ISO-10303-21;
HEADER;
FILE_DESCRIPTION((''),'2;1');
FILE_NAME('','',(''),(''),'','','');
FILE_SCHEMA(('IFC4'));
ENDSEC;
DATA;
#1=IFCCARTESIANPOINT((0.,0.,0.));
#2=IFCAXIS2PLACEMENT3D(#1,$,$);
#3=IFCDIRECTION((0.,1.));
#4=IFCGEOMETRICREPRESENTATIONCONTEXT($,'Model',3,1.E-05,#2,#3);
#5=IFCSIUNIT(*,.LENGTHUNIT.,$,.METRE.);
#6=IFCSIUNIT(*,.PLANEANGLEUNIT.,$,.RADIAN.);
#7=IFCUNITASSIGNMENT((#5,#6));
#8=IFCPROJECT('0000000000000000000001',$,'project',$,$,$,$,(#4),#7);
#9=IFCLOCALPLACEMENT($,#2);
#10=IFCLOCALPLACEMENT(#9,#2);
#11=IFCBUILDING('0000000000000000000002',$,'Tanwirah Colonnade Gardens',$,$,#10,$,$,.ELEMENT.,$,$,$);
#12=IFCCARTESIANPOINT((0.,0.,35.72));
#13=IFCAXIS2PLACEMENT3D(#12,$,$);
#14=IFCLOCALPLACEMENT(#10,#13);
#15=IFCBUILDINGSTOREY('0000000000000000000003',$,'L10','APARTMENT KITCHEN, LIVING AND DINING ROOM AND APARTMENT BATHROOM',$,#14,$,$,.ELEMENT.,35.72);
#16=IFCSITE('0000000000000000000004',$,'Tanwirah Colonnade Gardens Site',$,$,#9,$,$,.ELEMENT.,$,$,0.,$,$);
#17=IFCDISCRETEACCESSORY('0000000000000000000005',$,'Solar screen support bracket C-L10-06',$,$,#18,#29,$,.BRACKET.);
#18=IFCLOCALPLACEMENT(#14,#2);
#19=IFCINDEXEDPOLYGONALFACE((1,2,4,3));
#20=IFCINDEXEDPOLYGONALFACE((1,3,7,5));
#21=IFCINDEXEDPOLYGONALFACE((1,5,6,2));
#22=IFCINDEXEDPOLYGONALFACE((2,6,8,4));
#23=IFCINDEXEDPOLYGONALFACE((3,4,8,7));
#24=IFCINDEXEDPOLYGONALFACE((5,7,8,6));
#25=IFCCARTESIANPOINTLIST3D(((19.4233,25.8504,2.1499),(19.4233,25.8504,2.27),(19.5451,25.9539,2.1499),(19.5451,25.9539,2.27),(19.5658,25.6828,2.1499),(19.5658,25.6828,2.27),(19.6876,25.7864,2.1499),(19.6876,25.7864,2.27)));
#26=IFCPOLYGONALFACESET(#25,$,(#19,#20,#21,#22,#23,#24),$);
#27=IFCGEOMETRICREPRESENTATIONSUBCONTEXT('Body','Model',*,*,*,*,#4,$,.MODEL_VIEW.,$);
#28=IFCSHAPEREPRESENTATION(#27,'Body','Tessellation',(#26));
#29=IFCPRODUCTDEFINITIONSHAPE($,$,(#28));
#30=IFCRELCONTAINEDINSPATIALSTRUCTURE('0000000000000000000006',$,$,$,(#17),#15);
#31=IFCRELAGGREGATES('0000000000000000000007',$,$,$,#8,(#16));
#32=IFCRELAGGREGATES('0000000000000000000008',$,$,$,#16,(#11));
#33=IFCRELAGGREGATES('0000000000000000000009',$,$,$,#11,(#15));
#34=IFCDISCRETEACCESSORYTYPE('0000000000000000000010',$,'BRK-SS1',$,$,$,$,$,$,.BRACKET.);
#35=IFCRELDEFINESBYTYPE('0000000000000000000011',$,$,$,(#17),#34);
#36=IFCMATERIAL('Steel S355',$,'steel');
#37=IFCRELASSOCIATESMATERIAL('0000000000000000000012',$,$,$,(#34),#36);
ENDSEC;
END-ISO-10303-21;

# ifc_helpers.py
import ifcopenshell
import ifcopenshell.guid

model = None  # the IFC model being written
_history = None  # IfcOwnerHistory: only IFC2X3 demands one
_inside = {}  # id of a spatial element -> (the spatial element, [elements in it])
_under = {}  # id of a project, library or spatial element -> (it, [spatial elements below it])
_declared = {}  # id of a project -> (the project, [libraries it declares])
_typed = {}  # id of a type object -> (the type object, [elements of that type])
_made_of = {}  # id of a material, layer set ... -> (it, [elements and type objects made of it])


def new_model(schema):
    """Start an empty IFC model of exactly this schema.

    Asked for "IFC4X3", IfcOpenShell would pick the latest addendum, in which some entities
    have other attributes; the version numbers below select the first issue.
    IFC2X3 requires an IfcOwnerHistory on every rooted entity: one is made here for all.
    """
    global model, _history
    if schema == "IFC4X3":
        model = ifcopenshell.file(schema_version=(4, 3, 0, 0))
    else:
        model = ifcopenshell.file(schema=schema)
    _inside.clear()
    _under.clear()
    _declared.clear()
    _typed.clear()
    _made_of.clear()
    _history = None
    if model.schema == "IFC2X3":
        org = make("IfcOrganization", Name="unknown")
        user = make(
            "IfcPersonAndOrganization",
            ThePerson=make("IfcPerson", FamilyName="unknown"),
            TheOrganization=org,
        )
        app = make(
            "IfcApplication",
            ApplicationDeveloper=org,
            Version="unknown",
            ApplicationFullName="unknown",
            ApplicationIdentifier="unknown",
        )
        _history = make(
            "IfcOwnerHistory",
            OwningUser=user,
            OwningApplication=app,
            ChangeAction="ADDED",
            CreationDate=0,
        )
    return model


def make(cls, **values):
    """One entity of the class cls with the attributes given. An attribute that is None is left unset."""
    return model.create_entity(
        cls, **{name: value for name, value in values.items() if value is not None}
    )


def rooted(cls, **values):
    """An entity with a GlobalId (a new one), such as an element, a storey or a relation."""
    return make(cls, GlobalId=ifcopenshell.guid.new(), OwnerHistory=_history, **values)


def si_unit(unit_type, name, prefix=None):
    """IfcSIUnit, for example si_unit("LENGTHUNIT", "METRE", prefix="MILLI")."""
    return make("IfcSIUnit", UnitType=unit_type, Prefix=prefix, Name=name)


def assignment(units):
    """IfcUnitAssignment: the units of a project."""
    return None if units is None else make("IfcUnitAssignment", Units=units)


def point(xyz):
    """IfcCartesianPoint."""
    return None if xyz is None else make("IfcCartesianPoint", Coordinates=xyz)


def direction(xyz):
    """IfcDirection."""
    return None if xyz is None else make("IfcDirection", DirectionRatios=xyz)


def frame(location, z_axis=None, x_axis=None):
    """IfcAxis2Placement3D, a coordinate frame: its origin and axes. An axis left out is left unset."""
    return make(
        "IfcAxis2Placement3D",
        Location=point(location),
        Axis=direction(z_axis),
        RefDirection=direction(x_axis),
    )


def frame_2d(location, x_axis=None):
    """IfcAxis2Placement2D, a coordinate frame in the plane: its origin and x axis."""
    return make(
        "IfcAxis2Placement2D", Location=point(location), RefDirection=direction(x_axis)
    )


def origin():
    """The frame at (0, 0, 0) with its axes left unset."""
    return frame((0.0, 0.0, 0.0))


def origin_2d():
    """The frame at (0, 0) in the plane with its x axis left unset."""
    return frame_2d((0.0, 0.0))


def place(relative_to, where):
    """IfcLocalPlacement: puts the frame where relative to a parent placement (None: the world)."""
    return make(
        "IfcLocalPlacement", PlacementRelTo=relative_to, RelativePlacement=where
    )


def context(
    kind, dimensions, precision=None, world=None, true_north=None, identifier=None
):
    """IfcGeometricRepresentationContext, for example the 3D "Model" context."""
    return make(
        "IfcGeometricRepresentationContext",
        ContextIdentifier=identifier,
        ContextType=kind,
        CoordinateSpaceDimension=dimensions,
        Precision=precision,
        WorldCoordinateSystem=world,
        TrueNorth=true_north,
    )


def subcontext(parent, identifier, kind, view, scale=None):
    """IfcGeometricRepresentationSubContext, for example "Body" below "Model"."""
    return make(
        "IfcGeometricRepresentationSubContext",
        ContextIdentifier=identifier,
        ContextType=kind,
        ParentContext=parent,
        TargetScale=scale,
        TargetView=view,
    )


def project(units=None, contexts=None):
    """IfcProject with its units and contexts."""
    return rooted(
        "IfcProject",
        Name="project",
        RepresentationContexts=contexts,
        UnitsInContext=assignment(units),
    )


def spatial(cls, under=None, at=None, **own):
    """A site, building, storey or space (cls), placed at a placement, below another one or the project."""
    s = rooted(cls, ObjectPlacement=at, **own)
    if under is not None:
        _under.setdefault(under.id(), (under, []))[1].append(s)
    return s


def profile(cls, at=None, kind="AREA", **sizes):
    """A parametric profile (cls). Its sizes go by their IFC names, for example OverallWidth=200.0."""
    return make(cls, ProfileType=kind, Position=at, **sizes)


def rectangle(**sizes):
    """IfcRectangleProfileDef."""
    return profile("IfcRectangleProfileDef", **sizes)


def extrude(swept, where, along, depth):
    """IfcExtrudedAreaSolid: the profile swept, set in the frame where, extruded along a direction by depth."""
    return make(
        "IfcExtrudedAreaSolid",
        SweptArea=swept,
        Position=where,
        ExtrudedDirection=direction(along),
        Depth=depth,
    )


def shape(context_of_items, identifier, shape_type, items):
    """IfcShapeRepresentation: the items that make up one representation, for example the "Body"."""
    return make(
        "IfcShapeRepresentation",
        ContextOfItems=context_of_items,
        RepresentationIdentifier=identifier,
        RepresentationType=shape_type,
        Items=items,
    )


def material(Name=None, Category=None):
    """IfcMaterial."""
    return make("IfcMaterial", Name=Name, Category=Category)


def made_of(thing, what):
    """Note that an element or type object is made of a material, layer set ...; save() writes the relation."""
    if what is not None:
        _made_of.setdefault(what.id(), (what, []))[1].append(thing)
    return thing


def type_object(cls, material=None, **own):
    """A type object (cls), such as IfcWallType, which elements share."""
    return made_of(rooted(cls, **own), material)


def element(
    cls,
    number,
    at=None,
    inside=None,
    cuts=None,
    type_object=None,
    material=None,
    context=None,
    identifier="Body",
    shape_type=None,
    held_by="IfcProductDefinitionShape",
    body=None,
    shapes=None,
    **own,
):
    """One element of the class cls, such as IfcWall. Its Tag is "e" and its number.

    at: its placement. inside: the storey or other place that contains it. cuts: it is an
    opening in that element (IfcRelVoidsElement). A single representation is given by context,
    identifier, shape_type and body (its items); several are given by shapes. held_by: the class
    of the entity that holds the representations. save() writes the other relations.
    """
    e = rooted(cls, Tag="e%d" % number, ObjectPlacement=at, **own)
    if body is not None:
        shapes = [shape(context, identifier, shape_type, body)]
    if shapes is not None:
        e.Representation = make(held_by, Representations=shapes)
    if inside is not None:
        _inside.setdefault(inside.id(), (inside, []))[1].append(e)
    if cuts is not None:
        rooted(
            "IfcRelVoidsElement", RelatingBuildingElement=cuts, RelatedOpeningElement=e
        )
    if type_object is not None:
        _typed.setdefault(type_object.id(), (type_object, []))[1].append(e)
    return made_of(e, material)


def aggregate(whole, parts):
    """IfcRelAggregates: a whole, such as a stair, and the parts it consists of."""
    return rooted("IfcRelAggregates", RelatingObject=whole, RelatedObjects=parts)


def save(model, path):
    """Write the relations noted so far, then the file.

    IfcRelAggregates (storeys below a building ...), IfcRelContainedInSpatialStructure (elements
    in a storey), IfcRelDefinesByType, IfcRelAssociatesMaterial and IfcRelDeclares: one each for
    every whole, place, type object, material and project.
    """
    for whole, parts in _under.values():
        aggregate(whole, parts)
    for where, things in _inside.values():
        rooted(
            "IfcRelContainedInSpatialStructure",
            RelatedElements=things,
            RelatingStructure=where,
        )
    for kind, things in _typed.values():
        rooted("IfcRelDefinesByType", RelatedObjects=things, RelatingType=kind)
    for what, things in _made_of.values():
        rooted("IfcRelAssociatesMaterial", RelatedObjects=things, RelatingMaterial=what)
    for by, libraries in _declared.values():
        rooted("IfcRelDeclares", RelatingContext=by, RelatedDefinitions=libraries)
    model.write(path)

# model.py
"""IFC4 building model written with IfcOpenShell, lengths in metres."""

from ifc_helpers import new_model, si_unit, direction, frame, origin, origin_2d, place, context, subcontext, project, spatial, rectangle, extrude, material, type_object, element, save


model = new_model("IFC4")

# Units and contexts
model_context = context("Model", 3, precision=1e-05, world=origin(), true_north=direction((0.0, 1.0)))
body_context = subcontext(model_context, "Body", "Model", "MODEL_VIEW")
ifc_project = project(units=[si_unit("LENGTHUNIT", "METRE"), si_unit("PLANEANGLEUNIT", "RADIAN")], contexts=[model_context])

# Site, building, storey
site_placement = place(None, origin())
site = spatial("IfcSite", under=ifc_project, at=site_placement, Name="Tanwirah Colonnade Gardens Site", CompositionType="ELEMENT", RefElevation=0.0)
building_placement = place(site_placement, origin())
building = spatial("IfcBuilding", under=site, at=building_placement, Name="Tanwirah Colonnade Gardens", CompositionType="ELEMENT")
storey_placement = place(building_placement, frame((0.0, 0.0, 35.72)))
storey = spatial("IfcBuildingStorey", under=building, at=storey_placement, Name="L10", Description="APARTMENT KITCHEN, LIVING AND DINING ROOM AND APARTMENT BATHROOM", CompositionType="ELEMENT", Elevation=35.72)

# Discrete accessory
ifc_material_1 = material(Name="Steel S355", Category="steel")
discrete_accessory_type = type_object("IfcDiscreteAccessoryType", Name="BRK-SS1", PredefinedType="BRACKET", material=ifc_material_1)
discrete_accessory_placement = place(storey_placement, frame((19.5554, 25.8184, 2.1499), z_axis=(0.0, 0.0, 1.0), x_axis=(0.647789, -0.76182, 0.0)))
element("IfcDiscreteAccessory", 1, at=discrete_accessory_placement, inside=storey, type_object=discrete_accessory_type, Name="Solar screen support bracket C-L10-06", PredefinedType="BRACKET", context=body_context, shape_type="SweptSolid", body=[
    extrude(rectangle(XDim=0.22, YDim=0.1599, at=origin_2d()), origin(), (0.0, 0.0, 1.0), 0.1201),
])

save(model, "model.ifc")
